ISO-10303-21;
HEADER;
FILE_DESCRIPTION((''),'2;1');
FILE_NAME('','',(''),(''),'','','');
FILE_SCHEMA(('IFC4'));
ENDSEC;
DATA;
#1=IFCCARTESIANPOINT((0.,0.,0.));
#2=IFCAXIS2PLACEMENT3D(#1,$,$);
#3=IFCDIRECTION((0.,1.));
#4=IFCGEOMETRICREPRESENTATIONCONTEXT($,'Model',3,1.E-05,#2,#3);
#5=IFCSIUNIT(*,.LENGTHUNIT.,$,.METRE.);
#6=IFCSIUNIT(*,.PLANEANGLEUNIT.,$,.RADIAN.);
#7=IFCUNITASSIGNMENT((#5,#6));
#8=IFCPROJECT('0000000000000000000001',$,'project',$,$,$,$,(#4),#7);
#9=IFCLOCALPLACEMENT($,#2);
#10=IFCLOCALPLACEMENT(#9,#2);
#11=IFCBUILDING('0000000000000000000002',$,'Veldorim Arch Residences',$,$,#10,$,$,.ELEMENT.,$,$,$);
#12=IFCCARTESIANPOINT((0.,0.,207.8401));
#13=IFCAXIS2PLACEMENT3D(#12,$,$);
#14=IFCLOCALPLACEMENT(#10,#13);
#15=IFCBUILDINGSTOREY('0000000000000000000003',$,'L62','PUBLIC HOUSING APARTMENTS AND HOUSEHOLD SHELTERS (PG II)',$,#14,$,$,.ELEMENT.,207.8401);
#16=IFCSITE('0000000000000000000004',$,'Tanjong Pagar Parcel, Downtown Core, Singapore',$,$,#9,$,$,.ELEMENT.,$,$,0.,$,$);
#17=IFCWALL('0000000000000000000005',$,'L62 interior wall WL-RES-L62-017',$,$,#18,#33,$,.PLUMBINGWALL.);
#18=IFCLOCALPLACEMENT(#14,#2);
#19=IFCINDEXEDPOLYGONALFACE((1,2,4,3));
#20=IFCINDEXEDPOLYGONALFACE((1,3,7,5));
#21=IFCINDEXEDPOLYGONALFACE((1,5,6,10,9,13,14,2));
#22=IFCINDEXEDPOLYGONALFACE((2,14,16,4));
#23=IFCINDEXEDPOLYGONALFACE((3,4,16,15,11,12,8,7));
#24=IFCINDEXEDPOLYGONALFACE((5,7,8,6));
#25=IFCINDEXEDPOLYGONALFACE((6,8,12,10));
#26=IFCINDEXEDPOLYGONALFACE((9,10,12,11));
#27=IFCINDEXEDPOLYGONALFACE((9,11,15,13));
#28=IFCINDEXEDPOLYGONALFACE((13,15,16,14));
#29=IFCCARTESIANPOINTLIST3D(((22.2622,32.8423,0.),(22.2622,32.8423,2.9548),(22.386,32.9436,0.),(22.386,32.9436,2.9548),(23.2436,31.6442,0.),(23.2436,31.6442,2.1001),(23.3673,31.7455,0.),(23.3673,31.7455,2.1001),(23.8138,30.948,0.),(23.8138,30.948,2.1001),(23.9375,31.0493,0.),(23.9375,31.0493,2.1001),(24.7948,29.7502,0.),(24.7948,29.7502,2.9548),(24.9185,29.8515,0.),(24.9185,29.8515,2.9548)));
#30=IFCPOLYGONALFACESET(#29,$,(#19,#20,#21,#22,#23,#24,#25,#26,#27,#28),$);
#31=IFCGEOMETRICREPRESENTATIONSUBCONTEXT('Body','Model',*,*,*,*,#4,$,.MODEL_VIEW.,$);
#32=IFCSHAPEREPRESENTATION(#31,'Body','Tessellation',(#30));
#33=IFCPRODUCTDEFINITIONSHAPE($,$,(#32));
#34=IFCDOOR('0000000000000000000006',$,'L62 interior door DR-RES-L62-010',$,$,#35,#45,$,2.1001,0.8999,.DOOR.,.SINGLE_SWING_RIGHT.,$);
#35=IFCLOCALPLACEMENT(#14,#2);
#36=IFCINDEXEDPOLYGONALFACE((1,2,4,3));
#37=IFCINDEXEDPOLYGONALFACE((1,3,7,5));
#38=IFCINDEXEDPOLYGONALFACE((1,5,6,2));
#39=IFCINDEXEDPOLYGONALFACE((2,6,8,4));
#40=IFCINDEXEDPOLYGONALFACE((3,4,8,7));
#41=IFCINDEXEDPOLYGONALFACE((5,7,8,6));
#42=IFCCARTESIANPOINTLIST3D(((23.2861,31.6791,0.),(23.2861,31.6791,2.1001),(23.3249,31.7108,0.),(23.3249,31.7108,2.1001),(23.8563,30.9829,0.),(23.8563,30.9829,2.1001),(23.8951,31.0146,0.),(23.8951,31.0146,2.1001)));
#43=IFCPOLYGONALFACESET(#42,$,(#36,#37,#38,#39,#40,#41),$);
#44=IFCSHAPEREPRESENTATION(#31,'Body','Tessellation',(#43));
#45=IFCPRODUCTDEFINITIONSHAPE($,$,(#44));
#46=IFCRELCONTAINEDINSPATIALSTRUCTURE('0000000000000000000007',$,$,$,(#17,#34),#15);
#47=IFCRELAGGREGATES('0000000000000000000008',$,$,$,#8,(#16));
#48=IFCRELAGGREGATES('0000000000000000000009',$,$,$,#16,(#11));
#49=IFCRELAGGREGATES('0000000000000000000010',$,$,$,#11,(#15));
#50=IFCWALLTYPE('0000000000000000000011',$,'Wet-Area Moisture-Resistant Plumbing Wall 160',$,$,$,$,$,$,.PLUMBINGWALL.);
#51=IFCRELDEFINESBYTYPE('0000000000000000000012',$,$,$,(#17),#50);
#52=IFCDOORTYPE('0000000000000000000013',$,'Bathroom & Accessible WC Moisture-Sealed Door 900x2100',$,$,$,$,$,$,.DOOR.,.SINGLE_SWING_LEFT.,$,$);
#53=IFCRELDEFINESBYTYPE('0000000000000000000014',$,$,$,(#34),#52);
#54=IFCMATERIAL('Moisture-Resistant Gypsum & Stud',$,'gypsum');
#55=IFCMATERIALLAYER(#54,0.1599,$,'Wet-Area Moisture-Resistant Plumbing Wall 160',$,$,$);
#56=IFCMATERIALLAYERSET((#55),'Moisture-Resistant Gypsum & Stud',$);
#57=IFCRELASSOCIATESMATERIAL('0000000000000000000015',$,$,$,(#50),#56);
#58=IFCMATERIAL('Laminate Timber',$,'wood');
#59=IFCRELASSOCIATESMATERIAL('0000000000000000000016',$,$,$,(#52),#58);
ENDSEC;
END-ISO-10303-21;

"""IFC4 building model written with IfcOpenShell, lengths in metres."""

from ifc_helpers import new_model, si_unit, direction, frame, frame_2d, origin, place, context, subcontext, project, spatial, rectangle, extrude, material, layer, layer_set, type_object, element, fill, save


model = new_model("IFC4")

# Units and contexts
model_context = context("Model", 3, precision=1e-05, world=origin(), true_north=direction((0.0, 1.0)))
body_context = subcontext(model_context, "Body", "Model", "MODEL_VIEW")
ifc_project = project(units=[si_unit("LENGTHUNIT", "METRE"), si_unit("PLANEANGLEUNIT", "RADIAN")], contexts=[model_context])

# Site, building, storey
site_placement = place(None, origin())
site = spatial("IfcSite", under=ifc_project, at=site_placement, Name="Tanjong Pagar Parcel, Downtown Core, Singapore", CompositionType="ELEMENT", RefElevation=0.0)
building_placement = place(site_placement, origin())
building = spatial("IfcBuilding", under=site, at=building_placement, Name="Veldorim Arch Residences", CompositionType="ELEMENT")
storey_placement = place(building_placement, frame((0.0, 0.0, 207.8401)))
storey = spatial("IfcBuildingStorey", under=building, at=storey_placement, Name="L62", Description="PUBLIC HOUSING APARTMENTS AND HOUSEHOLD SHELTERS (PG II)", CompositionType="ELEMENT", Elevation=207.8401)

# Wall, opening, door
ifc_material_1 = material(Name="Moisture-Resistant Gypsum & Stud", Category="gypsum")
ifc_layer_1 = layer(ifc_material_1, 0.1599, Name="Wet-Area Moisture-Resistant Plumbing Wall 160")
ifc_layer_set_1 = layer_set([ifc_layer_1], Name="Moisture-Resistant Gypsum & Stud")
wall_type_1 = type_object("IfcWallType", Name="Wet-Area Moisture-Resistant Plumbing Wall 160", PredefinedType="PLUMBINGWALL", material=ifc_layer_set_1)
wall_1_placement = place(storey_placement, frame((24.8567, 29.8008, 0.0), z_axis=(0.0, 0.0, 1.0), x_axis=(-0.63363, 0.773636, 0.0)))
wall_1 = element("IfcWall", 1, at=wall_1_placement, inside=storey, type_object=wall_type_1, Name="L62 interior wall WL-RES-L62-017", PredefinedType="PLUMBINGWALL", context=body_context, shape_type="SweptSolid", body=[
    extrude(rectangle(XDim=3.9968, YDim=0.1599, at=frame_2d((1.9985, 0.0))), origin(), (0.0, 0.0, 1.0), 2.9548),
])
opening_1_placement = place(wall_1_placement, frame((1.5483, 0.0, 0.0)))
opening_1 = element("IfcOpeningElement", 2, at=opening_1_placement, cuts=wall_1, PredefinedType="OPENING", context=body_context, shape_type="SweptSolid", body=[
    extrude(rectangle(XDim=0.8999, YDim=2.1001, at=frame_2d((0.45, 1.05))), frame((0.0, 0.0898, 0.0), z_axis=(0.0, -1.0, 0.0), x_axis=(1.0, 0.0, 0.0)), (0.0, 0.0, 1.0), 0.1799),
])
ifc_material_2 = material(Name="Laminate Timber", Category="wood")
door_type_1 = type_object("IfcDoorType", Name="Bathroom & Accessible WC Moisture-Sealed Door 900x2100", OperationType="SINGLE_SWING_LEFT", PredefinedType="DOOR", material=ifc_material_2)
door_1_placement = place(opening_1_placement, origin())
door_1 = element("IfcDoor", 3, at=door_1_placement, inside=storey, type_object=door_type_1, Name="L62 interior door DR-RES-L62-010", OperationType="SINGLE_SWING_RIGHT", OverallHeight=2.1001, OverallWidth=0.8999, PredefinedType="DOOR", context=body_context, shape_type="SweptSolid", body=[
    extrude(rectangle(XDim=0.8999, YDim=2.1001, at=frame_2d((0.45, 1.05))), frame((0.0, 0.0249, 0.0), z_axis=(0.0, -1.0, 0.0), x_axis=(1.0, 0.0, 0.0)), (0.0, 0.0, 1.0), 0.05),
])
fill(opening_1, door_1)

save(model, "model.ifc")
